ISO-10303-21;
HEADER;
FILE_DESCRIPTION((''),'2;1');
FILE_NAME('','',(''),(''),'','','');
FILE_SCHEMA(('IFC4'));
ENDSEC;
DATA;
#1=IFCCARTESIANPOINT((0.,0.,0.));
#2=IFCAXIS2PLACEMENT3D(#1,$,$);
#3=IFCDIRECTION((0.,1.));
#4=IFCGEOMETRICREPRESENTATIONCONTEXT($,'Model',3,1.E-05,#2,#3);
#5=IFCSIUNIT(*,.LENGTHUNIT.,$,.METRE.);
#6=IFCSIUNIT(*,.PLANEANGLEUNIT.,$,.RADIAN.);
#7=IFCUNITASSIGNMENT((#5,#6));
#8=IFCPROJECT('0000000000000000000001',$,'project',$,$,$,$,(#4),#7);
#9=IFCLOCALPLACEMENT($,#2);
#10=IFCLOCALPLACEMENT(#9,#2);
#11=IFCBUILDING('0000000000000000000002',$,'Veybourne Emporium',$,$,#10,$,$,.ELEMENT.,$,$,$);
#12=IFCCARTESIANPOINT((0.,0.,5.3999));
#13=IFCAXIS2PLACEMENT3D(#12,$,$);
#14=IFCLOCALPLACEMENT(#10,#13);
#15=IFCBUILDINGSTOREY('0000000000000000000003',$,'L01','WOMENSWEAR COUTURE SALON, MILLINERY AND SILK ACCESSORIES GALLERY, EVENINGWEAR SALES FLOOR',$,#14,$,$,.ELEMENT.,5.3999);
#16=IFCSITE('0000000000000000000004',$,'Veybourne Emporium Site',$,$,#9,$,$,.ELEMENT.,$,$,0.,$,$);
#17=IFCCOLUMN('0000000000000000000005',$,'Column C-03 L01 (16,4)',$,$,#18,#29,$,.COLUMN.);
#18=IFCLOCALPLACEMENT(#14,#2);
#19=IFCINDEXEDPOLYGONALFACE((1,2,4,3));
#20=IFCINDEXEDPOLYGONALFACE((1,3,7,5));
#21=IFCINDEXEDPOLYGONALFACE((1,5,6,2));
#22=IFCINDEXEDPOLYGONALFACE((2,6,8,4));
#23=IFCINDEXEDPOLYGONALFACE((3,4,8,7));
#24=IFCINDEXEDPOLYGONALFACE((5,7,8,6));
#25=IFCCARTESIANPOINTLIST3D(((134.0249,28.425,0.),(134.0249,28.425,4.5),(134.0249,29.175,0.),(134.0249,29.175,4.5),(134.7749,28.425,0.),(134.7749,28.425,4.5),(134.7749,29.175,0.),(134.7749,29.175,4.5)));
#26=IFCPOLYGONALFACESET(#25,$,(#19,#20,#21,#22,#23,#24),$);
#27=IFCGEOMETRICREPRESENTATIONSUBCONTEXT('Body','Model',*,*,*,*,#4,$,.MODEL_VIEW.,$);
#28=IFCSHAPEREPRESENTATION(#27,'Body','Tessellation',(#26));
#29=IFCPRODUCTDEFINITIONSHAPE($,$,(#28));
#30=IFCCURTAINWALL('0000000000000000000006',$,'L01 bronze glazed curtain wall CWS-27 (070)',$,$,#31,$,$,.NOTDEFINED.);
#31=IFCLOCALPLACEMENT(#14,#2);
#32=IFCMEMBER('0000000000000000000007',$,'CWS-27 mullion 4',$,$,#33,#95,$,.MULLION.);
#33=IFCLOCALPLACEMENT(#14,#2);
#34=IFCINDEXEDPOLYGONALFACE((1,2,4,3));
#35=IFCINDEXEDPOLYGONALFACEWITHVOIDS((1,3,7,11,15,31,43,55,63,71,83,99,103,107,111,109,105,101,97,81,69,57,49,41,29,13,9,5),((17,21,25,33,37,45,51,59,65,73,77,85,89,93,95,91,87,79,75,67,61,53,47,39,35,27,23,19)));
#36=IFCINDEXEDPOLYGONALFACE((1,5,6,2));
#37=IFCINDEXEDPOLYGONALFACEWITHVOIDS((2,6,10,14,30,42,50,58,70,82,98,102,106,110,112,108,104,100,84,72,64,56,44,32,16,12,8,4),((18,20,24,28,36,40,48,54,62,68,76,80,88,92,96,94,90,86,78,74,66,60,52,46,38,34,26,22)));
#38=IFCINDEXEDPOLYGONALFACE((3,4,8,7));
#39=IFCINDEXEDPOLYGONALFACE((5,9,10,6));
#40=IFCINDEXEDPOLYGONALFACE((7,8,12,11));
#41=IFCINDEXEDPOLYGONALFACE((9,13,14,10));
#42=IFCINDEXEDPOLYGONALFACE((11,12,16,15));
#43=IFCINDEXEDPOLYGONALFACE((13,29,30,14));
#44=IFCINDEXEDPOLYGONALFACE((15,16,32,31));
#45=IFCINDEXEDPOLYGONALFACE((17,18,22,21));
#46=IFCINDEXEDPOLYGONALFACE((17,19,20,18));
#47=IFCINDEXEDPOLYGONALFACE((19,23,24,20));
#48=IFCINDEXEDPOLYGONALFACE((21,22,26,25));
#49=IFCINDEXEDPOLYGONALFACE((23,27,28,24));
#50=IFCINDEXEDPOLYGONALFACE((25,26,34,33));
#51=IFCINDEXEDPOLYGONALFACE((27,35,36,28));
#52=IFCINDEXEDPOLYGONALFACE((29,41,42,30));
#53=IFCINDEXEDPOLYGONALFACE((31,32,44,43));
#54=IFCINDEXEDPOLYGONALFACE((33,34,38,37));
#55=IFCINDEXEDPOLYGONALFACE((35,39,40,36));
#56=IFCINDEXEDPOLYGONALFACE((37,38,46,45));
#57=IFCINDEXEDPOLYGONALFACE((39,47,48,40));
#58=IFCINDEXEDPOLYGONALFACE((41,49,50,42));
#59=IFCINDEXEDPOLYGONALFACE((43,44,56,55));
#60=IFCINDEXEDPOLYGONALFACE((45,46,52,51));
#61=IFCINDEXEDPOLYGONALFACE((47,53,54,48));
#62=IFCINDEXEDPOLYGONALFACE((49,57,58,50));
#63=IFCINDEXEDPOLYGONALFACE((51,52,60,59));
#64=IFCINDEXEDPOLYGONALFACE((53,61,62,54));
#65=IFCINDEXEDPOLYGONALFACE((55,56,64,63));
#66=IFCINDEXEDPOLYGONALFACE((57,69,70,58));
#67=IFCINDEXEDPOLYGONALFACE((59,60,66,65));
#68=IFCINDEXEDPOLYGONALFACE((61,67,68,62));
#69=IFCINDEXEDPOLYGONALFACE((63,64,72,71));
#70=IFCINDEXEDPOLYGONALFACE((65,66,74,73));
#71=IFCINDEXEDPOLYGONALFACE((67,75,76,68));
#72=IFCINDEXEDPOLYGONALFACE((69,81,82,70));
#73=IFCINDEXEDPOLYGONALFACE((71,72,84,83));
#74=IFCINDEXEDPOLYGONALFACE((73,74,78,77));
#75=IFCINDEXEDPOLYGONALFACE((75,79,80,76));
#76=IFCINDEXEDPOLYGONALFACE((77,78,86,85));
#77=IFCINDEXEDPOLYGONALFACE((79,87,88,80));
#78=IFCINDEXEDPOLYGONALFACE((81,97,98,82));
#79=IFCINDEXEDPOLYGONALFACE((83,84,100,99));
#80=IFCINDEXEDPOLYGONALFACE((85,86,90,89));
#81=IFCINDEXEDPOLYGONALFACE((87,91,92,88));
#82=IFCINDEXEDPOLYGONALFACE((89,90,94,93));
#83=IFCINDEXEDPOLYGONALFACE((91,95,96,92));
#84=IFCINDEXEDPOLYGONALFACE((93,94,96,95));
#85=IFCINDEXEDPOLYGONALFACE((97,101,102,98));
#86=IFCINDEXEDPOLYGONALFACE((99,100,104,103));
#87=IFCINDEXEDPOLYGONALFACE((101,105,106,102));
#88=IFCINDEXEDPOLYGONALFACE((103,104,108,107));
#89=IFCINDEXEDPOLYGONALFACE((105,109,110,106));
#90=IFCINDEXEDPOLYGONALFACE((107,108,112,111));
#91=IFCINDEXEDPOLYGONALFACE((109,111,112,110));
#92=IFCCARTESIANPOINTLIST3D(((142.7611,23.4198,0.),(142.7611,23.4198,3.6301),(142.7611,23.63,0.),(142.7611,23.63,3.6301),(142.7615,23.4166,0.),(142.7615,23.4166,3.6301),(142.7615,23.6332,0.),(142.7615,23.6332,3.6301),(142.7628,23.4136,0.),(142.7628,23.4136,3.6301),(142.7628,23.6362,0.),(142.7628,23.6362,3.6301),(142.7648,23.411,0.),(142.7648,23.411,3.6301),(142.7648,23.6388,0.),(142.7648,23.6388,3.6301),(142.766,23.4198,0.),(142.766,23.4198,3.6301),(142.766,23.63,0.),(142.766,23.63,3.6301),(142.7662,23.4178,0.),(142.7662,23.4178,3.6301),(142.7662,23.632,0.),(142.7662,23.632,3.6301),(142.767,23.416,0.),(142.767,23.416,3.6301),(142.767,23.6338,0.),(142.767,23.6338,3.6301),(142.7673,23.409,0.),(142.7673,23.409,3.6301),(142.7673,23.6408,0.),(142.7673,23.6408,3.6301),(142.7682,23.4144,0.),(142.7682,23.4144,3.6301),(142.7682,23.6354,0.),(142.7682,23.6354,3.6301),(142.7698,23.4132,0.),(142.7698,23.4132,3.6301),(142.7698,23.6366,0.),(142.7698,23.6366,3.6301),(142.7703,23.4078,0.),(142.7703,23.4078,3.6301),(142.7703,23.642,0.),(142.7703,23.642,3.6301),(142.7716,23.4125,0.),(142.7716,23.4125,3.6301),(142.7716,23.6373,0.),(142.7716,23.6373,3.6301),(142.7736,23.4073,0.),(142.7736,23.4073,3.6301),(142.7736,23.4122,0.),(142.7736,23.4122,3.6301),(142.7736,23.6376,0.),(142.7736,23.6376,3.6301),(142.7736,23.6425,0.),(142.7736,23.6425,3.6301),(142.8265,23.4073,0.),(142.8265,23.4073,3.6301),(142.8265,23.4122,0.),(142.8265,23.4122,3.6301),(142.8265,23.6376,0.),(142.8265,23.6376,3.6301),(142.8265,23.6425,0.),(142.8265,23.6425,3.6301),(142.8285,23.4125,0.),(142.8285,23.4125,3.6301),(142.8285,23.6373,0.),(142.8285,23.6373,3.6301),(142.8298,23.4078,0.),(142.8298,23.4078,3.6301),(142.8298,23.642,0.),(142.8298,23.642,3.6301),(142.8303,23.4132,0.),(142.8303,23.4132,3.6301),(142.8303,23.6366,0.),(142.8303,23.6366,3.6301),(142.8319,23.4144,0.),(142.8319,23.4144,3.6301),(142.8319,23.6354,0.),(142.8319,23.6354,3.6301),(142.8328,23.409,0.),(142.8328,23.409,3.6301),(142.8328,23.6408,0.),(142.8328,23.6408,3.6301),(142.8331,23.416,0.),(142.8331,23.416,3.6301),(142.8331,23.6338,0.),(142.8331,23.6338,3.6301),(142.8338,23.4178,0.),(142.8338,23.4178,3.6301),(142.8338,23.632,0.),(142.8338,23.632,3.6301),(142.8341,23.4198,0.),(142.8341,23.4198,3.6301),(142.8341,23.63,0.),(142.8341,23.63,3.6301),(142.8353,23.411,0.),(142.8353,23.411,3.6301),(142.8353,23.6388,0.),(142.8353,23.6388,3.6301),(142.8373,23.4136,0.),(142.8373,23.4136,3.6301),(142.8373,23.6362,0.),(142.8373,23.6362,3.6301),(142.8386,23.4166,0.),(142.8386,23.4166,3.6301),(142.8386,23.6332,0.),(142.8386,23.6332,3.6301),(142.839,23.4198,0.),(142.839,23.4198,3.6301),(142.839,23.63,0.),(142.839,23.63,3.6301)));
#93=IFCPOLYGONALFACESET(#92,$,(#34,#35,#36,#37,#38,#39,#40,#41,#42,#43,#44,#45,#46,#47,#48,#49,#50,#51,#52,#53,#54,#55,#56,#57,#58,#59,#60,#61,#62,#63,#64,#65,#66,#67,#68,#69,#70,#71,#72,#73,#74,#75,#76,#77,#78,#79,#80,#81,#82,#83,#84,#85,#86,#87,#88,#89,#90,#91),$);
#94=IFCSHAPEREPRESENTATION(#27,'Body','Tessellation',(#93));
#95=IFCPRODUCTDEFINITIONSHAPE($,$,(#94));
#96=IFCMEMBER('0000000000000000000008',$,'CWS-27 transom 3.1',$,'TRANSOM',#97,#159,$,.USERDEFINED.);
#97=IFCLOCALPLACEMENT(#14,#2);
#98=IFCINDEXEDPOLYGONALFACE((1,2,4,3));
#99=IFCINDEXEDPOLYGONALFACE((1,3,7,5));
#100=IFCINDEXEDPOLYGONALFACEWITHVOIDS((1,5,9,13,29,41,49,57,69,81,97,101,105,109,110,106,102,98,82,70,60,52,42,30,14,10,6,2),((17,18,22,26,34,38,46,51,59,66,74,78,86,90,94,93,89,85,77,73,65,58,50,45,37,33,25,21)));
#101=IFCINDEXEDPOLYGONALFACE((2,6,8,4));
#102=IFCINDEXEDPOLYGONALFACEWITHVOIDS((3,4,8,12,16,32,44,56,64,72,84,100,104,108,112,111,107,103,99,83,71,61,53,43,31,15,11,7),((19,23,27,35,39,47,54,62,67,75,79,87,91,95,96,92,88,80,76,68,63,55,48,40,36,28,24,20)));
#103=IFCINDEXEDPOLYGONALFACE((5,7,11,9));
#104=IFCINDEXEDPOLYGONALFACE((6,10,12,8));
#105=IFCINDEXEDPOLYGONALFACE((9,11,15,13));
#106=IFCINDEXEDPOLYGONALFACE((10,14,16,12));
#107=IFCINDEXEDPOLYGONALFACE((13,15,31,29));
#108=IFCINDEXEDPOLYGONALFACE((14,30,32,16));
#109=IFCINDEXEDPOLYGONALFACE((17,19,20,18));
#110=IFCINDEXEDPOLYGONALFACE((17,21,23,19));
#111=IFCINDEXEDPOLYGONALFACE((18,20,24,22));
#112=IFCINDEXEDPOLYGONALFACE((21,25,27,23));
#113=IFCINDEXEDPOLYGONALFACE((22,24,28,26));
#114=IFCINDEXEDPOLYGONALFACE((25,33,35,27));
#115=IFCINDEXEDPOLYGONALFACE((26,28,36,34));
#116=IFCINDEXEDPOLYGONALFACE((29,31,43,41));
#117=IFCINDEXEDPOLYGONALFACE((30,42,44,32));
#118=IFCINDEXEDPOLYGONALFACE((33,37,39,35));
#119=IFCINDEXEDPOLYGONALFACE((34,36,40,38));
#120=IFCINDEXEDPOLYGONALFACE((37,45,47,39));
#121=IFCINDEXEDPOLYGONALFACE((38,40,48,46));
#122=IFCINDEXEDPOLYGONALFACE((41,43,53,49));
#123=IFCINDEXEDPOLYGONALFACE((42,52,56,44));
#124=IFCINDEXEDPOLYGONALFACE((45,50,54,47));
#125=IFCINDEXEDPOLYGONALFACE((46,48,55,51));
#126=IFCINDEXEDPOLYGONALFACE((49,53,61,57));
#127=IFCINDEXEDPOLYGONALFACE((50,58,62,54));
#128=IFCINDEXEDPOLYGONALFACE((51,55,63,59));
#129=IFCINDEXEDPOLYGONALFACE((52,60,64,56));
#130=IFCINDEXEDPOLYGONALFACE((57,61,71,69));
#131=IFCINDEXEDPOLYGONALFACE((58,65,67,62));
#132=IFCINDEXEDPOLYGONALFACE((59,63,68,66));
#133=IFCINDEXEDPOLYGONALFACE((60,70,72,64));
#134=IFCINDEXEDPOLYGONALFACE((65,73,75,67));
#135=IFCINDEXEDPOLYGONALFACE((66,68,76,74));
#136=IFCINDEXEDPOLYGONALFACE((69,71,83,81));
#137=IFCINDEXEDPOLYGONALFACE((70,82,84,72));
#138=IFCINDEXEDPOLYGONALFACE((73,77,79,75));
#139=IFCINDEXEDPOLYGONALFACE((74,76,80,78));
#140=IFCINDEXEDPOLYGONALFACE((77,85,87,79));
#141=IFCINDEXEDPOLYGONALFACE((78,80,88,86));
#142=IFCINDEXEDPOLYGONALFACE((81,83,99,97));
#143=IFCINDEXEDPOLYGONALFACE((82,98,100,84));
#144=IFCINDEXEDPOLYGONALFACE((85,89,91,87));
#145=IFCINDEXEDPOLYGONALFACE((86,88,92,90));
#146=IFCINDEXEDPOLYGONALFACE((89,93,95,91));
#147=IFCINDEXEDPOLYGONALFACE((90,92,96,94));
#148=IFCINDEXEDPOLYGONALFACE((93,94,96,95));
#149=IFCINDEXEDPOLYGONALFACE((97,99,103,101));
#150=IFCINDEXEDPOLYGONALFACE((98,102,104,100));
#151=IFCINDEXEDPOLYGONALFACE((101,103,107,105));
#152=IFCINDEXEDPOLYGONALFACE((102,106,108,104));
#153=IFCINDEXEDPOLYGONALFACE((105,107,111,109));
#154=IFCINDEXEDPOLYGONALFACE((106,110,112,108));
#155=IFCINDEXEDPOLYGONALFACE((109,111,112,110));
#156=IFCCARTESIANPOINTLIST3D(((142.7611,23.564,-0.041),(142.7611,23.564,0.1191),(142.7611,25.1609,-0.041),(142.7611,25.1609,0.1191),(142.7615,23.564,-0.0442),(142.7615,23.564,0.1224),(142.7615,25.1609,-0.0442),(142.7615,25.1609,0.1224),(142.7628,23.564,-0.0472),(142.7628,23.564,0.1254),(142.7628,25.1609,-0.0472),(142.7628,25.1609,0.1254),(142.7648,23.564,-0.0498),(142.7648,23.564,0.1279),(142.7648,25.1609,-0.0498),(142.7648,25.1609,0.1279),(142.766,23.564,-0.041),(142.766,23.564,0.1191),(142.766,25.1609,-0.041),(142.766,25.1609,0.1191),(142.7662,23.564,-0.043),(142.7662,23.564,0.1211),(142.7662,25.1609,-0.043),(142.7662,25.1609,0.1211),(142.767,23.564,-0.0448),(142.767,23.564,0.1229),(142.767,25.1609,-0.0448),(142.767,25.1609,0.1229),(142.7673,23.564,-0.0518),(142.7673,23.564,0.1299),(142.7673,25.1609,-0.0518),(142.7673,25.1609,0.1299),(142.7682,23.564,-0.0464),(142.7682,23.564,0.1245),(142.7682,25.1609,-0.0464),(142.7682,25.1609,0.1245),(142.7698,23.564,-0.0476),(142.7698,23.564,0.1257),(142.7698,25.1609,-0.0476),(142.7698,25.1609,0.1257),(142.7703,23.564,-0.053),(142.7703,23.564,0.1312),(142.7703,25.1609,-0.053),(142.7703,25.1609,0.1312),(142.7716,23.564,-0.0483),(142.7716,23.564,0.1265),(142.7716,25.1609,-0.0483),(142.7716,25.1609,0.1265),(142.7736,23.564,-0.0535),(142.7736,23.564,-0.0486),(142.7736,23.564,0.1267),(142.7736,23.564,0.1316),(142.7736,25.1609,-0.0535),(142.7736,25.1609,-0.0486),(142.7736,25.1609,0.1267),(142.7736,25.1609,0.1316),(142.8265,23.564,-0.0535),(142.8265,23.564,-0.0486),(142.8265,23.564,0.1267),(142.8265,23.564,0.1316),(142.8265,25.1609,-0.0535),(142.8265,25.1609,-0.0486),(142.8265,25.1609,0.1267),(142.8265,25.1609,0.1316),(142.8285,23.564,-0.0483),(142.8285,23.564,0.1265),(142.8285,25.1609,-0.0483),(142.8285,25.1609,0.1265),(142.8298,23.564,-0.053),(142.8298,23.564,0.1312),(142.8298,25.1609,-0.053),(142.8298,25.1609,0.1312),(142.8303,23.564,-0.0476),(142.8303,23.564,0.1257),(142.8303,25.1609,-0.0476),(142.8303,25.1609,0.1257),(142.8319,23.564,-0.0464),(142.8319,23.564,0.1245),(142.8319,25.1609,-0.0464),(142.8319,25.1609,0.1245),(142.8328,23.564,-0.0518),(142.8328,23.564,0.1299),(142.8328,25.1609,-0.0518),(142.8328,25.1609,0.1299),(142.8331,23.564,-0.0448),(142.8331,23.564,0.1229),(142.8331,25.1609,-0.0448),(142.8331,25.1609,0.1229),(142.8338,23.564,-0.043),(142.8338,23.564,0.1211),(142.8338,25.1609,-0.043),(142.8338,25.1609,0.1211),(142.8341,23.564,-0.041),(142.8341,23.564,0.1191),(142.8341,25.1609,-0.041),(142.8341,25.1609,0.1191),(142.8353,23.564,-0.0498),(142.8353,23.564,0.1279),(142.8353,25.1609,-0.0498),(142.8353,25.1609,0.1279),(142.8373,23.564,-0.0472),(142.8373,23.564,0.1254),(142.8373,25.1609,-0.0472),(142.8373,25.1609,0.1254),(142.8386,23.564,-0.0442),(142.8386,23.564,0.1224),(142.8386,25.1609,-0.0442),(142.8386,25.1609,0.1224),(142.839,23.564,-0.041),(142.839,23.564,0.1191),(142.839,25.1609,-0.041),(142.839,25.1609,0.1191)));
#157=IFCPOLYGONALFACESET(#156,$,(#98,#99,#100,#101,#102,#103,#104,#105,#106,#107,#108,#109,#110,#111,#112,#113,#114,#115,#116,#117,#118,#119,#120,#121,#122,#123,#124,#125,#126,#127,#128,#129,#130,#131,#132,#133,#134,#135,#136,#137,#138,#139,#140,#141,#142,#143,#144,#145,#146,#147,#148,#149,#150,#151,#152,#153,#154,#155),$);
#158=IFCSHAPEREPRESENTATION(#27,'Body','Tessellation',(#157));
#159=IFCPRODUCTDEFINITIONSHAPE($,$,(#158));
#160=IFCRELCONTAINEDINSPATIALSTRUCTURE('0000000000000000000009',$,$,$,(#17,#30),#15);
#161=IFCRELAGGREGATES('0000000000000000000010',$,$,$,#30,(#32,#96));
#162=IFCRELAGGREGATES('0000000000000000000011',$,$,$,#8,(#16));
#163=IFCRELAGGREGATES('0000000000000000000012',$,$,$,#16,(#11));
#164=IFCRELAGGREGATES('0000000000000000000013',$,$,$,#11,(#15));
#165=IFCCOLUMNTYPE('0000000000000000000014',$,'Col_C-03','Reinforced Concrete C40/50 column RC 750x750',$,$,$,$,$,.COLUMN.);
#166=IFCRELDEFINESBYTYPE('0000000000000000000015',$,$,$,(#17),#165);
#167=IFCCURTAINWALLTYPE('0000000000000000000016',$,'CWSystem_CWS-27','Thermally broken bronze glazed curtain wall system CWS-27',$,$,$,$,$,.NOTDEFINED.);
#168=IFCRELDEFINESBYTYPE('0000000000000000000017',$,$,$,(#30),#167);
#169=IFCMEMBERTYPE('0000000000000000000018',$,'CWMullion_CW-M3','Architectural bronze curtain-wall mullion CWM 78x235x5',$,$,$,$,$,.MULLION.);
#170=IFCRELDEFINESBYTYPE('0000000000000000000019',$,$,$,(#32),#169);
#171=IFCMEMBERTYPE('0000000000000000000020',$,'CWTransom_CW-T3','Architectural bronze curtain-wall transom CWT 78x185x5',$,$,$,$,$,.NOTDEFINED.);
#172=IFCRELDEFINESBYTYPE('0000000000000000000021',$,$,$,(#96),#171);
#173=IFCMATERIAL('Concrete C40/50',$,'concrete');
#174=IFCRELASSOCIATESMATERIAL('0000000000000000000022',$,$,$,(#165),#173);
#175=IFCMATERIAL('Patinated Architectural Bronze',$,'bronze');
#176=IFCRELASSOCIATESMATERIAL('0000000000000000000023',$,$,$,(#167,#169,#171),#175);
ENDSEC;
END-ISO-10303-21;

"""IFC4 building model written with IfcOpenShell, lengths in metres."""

from ifc_helpers import new_model, si_unit, direction, frame, origin, origin_2d, place, context, subcontext, project, spatial, rectangle, hollow_rectangle, extrude, material, material_profile, profile_set, type_object, element, aggregate, save


model = new_model("IFC4")

# Units and contexts
model_context = context("Model", 3, precision=1e-05, world=origin(), true_north=direction((0.0, 1.0)))
body_context = subcontext(model_context, "Body", "Model", "MODEL_VIEW")
ifc_project = project(units=[si_unit("LENGTHUNIT", "METRE"), si_unit("PLANEANGLEUNIT", "RADIAN")], contexts=[model_context])

# Site, building, storey
site_placement = place(None, origin())
site = spatial("IfcSite", under=ifc_project, at=site_placement, Name="Veybourne Emporium Site", CompositionType="ELEMENT", RefElevation=0.0)
building_placement = place(site_placement, origin())
building = spatial("IfcBuilding", under=site, at=building_placement, Name="Veybourne Emporium", CompositionType="ELEMENT")
storey_placement = place(building_placement, frame((0.0, 0.0, 5.3999)))
storey = spatial("IfcBuildingStorey", under=building, at=storey_placement, Name="L01", Description="WOMENSWEAR COUTURE SALON, MILLINERY AND SILK ACCESSORIES GALLERY, EVENINGWEAR SALES FLOOR", CompositionType="ELEMENT", Elevation=5.3999)

# Column
ifc_material_1 = material(Name="Concrete C40/50", Category="concrete")
ifc_material_profile_1 = material_profile(ifc_material_1, rectangle(XDim=0.75, YDim=0.75, at=origin_2d()), Name="RC 750x750")
ifc_profile_set_1 = profile_set([ifc_material_profile_1], Name="Concrete C40/50")
column_type = type_object("IfcColumnType", Name="Col_C-03", Description="Reinforced Concrete C40/50 column RC 750x750", PredefinedType="COLUMN", material=ifc_profile_set_1)
column_placement = place(storey_placement, frame((134.3999, 28.8, 0.0), z_axis=(0.0, 0.0, 1.0), x_axis=(1.0, 0.0, 0.0)))
element("IfcColumn", 1, at=column_placement, inside=storey, type_object=column_type, Name="Column C-03 L01 (16,4)", PredefinedType="COLUMN", context=body_context, shape_type="SweptSolid", body=[
    extrude(rectangle(XDim=0.75, YDim=0.75, at=origin_2d()), origin(), (0.0, 0.0, 1.0), 4.5),
])

# Curtain wall, members
ifc_material_2 = material(Name="Patinated Architectural Bronze", Category="bronze")
curtain_wall_type = type_object("IfcCurtainWallType", Name="CWSystem_CWS-27", Description="Thermally broken bronze glazed curtain wall system CWS-27", PredefinedType="NOTDEFINED", material=ifc_material_2)
curtain_wall_placement = place(storey_placement, origin())
curtain_wall = element("IfcCurtainWall", 2, at=curtain_wall_placement, inside=storey, type_object=curtain_wall_type, Name="L01 bronze glazed curtain wall CWS-27 (070)", PredefinedType="NOTDEFINED")
ifc_material_profile_2 = material_profile(ifc_material_2, hollow_rectangle(XDim=0.0779, YDim=0.2351, WallThickness=0.0049, InnerFilletRadius=0.0076, OuterFilletRadius=0.0125, at=origin_2d()), Name="CWM 78x235x5")
ifc_profile_set_2 = profile_set([ifc_material_profile_2], Name="Patinated Architectural Bronze")
member_type_1 = type_object("IfcMemberType", Name="CWMullion_CW-M3", Description="Architectural bronze curtain-wall mullion CWM 78x235x5", PredefinedType="MULLION", material=ifc_profile_set_2)
member_1_placement = place(storey_placement, frame((142.8, 23.5249, 0.0), z_axis=(0.0, 0.0, 1.0), x_axis=(1.0, 0.0, 0.0)))
member_1 = element("IfcMember", 3, at=member_1_placement, type_object=member_type_1, Name="CWS-27 mullion 4", PredefinedType="MULLION", context=body_context, shape_type="SweptSolid", body=[
    extrude(hollow_rectangle(XDim=0.0779, YDim=0.2351, WallThickness=0.0049, InnerFilletRadius=0.0076, OuterFilletRadius=0.0125, at=origin_2d()), origin(), (0.0, 0.0, 1.0), 3.6301),
])
ifc_material_profile_3 = material_profile(ifc_material_2, hollow_rectangle(XDim=0.0779, YDim=0.1851, WallThickness=0.0049, InnerFilletRadius=0.0076, OuterFilletRadius=0.0125, at=origin_2d()), Name="CWT 78x185x5")
ifc_profile_set_3 = profile_set([ifc_material_profile_3], Name="Patinated Architectural Bronze")
member_type_2 = type_object("IfcMemberType", Name="CWTransom_CW-T3", Description="Architectural bronze curtain-wall transom CWT 78x185x5", PredefinedType="NOTDEFINED", material=ifc_profile_set_3)
member_2_placement = place(storey_placement, frame((142.8, 25.1609, 0.0391), z_axis=(0.0, -1.0, 0.0), x_axis=(1.0, 0.0, 0.0)))
member_2 = element("IfcMember", 4, at=member_2_placement, type_object=member_type_2, Name="CWS-27 transom 3.1", ObjectType="TRANSOM", PredefinedType="USERDEFINED", context=body_context, shape_type="SweptSolid", body=[
    extrude(hollow_rectangle(XDim=0.0779, YDim=0.1851, WallThickness=0.0049, InnerFilletRadius=0.0076, OuterFilletRadius=0.0125, at=origin_2d()), origin(), (0.0, 0.0, 1.0), 1.5969),
])

aggregate(curtain_wall, [member_1, member_2])

save(model, "model.ifc")
